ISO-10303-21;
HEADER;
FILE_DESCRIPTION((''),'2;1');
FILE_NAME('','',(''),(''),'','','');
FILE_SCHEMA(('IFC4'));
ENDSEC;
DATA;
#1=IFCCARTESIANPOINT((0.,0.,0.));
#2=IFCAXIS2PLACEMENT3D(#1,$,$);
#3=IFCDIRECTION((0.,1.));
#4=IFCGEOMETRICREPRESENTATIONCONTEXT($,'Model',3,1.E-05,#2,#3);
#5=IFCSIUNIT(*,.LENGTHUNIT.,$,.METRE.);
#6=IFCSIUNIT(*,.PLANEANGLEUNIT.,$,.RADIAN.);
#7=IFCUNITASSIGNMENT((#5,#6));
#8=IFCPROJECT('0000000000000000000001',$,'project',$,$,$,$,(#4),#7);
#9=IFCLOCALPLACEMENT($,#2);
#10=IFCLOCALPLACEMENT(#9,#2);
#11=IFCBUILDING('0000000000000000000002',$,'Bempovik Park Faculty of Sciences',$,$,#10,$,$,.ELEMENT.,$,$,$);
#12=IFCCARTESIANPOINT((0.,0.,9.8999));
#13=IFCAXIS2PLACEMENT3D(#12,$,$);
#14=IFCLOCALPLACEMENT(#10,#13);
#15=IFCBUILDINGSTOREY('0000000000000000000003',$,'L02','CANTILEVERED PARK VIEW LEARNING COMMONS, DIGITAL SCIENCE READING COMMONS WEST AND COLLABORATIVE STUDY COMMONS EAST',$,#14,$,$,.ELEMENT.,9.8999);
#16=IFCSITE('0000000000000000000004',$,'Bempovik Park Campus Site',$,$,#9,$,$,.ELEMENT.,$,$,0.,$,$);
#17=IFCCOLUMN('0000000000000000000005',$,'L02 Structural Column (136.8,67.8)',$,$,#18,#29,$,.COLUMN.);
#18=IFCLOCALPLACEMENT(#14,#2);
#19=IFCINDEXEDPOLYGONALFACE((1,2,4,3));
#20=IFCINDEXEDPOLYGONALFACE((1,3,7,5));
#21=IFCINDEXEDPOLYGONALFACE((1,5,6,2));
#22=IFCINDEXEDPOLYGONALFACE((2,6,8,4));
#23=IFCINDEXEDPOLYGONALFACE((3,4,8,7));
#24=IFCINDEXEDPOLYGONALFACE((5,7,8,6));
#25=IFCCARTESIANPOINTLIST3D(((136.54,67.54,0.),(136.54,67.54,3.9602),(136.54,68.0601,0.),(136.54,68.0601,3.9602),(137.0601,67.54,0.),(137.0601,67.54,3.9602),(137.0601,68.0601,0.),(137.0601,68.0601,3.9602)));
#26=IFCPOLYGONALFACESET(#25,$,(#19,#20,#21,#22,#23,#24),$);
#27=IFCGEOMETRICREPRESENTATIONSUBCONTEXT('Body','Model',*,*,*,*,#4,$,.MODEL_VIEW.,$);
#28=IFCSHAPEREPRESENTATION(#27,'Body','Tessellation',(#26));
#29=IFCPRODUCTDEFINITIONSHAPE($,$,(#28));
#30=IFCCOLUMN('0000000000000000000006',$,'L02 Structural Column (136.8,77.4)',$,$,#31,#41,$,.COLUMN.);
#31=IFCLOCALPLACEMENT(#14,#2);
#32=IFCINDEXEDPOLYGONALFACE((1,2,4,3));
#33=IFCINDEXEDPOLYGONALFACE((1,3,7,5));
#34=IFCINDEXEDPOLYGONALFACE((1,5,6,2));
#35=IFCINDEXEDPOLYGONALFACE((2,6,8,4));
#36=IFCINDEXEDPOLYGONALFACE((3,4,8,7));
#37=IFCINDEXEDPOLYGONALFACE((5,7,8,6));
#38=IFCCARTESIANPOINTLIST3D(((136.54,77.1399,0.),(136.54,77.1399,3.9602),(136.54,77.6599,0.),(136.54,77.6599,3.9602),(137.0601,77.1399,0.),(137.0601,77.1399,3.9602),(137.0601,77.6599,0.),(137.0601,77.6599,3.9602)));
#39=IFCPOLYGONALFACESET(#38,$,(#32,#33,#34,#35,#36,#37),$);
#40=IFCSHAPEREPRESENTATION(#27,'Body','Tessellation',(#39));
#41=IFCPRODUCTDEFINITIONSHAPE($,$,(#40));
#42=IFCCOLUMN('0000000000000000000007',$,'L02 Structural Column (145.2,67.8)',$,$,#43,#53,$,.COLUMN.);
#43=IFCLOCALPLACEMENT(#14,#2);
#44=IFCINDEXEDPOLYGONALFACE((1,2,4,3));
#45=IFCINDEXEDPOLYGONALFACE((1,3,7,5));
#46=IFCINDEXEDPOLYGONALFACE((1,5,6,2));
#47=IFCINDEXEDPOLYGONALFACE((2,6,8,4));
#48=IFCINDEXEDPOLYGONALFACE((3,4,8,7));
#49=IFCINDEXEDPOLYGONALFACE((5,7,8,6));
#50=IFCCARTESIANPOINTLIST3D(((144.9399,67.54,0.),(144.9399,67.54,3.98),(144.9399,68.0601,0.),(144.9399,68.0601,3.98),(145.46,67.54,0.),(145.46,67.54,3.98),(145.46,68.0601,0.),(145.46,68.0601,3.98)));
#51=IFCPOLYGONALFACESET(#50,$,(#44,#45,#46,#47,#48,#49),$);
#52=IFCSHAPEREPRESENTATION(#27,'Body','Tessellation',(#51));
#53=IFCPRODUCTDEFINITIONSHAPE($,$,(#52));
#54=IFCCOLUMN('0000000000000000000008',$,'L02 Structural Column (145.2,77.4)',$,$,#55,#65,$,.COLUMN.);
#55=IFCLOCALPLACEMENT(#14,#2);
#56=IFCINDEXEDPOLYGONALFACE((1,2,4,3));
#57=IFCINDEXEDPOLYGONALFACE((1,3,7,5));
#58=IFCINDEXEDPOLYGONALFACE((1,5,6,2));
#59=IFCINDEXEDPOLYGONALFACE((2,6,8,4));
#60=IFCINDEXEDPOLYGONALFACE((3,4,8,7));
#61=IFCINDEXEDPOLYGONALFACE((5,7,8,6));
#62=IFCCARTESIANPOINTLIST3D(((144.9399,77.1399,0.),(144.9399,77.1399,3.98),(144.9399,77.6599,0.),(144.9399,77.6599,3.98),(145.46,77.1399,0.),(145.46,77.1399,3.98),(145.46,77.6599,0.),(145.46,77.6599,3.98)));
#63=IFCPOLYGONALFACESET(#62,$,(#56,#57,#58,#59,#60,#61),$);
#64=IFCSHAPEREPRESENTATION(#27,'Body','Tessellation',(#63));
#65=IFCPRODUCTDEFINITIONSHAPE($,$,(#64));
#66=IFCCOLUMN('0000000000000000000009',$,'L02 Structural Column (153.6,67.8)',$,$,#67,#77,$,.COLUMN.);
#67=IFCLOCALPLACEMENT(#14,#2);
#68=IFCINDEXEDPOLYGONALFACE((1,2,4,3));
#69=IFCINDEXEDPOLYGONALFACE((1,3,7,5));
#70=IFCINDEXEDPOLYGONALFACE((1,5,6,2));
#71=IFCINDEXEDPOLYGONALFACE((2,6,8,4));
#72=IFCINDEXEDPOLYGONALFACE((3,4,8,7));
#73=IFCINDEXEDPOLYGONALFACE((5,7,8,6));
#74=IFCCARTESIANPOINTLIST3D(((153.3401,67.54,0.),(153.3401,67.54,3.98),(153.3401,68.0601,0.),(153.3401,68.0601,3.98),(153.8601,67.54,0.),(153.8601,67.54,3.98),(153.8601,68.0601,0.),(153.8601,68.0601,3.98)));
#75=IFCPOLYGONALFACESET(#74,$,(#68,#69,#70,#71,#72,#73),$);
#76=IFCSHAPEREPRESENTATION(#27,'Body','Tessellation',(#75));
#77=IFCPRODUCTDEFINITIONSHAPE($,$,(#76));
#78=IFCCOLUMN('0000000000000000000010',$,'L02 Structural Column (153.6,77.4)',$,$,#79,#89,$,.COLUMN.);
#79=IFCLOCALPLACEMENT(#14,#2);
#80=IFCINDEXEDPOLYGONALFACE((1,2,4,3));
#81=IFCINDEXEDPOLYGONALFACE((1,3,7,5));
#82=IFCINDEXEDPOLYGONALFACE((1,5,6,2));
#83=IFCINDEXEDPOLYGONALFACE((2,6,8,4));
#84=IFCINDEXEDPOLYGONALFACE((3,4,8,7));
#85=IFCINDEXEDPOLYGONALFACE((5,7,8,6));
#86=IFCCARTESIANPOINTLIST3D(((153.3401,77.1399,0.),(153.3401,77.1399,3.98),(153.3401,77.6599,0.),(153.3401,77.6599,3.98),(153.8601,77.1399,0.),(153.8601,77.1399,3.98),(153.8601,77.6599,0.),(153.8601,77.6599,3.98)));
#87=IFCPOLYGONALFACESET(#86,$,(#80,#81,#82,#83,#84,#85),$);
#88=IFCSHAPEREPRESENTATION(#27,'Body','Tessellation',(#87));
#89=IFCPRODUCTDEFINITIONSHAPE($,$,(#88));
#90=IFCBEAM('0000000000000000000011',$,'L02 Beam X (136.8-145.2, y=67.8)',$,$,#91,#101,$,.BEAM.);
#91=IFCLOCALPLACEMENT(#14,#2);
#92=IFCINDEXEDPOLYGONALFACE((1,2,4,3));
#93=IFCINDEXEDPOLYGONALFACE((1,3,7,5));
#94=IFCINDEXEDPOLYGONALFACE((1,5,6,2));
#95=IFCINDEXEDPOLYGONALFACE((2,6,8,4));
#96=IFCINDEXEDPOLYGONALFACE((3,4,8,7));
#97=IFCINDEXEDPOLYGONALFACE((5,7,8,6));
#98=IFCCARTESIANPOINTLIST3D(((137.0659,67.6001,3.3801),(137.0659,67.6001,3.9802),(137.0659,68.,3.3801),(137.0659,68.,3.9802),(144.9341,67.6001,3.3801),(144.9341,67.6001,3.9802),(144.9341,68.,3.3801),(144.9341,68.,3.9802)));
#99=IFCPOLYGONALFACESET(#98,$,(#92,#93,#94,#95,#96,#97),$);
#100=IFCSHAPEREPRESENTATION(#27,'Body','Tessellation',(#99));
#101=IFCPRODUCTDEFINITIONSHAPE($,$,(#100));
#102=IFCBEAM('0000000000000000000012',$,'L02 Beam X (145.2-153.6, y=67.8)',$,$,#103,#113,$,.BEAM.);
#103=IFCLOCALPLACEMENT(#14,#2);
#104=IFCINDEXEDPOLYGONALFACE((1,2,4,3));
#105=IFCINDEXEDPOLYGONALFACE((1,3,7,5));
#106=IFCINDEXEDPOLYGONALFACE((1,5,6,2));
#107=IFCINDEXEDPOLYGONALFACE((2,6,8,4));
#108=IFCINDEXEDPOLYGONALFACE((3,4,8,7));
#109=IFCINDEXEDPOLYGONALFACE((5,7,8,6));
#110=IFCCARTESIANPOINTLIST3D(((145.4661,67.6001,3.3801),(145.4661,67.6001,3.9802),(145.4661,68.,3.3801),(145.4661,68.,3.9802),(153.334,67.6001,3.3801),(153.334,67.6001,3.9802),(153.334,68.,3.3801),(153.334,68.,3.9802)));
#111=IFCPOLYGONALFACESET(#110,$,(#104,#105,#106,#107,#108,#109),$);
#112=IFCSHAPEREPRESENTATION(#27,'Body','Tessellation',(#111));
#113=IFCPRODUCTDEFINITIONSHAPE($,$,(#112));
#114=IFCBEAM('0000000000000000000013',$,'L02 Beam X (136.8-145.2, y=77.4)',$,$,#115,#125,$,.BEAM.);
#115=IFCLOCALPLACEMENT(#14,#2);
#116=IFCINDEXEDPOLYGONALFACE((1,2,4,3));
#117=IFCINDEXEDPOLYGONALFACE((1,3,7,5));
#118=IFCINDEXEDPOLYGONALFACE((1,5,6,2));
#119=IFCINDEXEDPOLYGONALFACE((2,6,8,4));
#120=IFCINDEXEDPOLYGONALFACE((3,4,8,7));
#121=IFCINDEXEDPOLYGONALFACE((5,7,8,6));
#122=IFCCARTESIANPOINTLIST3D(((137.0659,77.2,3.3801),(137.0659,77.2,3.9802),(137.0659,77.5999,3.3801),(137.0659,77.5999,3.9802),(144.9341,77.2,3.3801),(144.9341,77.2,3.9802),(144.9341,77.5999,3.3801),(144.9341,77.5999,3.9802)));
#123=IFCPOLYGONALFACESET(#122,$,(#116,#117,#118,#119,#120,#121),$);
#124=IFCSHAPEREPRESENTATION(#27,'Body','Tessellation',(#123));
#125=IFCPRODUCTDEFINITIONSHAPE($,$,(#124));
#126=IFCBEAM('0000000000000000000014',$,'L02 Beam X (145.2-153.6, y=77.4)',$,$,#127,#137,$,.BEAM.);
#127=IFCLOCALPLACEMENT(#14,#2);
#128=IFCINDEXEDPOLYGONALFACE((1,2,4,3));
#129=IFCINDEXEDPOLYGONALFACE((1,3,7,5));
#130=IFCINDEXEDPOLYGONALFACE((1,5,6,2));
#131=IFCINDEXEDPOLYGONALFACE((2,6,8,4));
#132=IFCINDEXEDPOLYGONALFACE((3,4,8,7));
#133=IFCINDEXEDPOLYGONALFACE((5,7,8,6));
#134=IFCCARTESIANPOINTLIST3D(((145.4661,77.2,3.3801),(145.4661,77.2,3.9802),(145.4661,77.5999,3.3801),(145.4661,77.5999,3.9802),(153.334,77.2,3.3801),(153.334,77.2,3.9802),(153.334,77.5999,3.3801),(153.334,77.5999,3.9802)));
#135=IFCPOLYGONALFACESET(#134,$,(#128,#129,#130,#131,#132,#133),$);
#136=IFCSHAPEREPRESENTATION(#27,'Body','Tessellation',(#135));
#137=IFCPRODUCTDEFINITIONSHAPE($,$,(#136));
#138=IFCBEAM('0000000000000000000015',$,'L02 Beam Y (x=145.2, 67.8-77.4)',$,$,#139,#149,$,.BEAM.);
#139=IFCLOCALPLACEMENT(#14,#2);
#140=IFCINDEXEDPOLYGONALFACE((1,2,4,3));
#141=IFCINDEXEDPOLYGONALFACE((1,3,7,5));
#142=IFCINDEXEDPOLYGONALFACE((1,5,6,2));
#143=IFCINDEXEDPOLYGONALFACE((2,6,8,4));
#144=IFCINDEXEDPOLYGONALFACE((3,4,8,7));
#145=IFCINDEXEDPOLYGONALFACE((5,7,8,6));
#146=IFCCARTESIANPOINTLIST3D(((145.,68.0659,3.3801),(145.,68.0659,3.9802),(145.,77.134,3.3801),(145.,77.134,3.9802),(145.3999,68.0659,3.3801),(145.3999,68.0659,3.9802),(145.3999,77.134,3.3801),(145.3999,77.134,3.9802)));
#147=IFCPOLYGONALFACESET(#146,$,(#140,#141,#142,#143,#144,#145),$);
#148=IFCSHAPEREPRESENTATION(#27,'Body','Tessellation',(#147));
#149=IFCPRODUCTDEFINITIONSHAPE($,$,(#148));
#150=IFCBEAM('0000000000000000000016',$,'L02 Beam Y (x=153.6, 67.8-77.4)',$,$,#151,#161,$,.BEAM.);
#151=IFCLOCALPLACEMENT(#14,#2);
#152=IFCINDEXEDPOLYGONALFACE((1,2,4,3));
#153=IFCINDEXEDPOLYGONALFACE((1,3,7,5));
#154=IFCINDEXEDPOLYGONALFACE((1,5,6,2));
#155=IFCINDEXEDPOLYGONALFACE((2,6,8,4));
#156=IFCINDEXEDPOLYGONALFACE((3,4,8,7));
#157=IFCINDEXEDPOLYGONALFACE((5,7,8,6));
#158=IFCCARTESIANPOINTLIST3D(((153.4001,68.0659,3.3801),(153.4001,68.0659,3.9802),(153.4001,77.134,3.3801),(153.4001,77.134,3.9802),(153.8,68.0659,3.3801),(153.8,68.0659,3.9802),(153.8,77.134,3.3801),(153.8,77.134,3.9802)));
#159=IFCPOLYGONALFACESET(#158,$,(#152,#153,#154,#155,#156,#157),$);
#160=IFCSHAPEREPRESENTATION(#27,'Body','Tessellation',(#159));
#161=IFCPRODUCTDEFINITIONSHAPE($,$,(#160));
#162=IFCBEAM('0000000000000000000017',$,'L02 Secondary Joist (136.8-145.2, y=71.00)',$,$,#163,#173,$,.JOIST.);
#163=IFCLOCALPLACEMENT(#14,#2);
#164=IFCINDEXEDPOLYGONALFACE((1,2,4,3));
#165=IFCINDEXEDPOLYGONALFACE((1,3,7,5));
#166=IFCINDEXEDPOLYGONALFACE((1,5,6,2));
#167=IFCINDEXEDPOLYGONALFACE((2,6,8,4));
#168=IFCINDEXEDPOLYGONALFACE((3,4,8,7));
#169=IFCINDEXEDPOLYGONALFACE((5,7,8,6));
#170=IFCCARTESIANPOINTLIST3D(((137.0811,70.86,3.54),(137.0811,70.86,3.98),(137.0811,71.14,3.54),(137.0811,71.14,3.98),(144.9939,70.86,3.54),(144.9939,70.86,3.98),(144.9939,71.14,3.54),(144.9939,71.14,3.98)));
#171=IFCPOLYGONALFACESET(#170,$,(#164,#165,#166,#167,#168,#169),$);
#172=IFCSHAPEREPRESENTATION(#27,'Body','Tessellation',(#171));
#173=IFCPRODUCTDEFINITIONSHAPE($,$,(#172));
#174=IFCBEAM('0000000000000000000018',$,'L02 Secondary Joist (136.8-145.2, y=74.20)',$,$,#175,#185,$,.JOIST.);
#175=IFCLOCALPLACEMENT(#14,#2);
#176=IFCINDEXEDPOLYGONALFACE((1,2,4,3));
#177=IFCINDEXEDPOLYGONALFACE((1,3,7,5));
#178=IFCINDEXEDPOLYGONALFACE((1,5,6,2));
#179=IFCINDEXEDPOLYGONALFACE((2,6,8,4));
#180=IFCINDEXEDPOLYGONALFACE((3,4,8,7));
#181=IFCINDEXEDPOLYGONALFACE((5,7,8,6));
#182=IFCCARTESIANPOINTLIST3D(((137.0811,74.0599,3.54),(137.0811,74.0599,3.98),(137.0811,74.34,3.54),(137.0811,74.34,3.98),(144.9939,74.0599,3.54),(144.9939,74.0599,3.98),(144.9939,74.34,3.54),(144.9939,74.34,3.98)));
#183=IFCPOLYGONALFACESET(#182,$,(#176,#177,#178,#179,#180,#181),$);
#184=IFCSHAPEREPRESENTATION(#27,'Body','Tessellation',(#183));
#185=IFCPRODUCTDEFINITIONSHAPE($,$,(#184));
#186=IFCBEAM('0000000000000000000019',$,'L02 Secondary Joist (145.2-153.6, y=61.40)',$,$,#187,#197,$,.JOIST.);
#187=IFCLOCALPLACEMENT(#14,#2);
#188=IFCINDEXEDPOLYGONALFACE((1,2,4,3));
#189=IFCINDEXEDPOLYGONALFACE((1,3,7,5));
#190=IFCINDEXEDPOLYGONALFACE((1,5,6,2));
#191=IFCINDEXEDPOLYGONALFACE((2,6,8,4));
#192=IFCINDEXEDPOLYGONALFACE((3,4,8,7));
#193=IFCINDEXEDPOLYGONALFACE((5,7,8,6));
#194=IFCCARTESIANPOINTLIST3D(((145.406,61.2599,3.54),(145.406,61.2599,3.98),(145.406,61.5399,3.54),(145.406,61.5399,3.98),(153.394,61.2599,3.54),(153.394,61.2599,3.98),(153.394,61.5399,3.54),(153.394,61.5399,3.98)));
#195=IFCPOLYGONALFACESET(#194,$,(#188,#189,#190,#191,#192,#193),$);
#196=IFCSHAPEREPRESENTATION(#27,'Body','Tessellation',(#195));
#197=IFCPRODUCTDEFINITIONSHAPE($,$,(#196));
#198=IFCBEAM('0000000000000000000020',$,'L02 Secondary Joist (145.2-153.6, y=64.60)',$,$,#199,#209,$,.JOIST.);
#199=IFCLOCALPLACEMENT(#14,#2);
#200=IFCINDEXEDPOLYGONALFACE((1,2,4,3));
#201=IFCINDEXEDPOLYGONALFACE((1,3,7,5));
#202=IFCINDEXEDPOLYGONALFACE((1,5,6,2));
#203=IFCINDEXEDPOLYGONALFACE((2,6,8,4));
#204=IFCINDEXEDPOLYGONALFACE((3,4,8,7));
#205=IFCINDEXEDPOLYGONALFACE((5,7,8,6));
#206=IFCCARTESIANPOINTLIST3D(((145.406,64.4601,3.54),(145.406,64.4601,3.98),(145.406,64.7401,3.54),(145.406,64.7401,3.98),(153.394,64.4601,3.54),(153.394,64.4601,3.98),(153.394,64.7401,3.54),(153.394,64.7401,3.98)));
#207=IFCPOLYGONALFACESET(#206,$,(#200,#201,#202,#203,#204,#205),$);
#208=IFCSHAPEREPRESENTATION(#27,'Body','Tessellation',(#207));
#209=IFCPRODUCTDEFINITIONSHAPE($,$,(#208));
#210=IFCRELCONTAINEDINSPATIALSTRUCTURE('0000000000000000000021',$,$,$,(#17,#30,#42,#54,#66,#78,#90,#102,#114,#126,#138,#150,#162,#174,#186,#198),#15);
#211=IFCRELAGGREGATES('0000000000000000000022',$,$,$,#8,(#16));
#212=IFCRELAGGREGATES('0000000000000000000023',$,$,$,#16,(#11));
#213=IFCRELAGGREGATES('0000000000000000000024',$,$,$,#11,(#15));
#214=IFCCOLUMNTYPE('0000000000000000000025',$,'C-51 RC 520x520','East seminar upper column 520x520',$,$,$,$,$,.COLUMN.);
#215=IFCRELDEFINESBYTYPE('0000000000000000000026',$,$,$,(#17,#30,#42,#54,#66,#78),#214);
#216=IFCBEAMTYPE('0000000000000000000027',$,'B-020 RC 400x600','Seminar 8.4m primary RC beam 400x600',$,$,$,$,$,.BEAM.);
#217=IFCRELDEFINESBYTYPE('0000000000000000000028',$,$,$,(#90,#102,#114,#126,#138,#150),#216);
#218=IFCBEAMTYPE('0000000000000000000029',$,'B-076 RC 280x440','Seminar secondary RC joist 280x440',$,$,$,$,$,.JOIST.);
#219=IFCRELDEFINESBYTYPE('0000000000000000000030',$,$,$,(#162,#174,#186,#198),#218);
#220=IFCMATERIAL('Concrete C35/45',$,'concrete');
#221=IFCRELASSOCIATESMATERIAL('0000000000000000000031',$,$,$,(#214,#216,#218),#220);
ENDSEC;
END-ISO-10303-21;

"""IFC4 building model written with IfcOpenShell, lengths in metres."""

from ifc_helpers import new_model, si_unit, direction, frame, origin, origin_2d, place, context, subcontext, project, spatial, rectangle, extrude, material, material_profile, profile_set, type_object, element, save


model = new_model("IFC4")

# Units and contexts
model_context = context("Model", 3, precision=1e-05, world=origin(), true_north=direction((0.0, 1.0)))
body_context = subcontext(model_context, "Body", "Model", "MODEL_VIEW")
ifc_project = project(units=[si_unit("LENGTHUNIT", "METRE"), si_unit("PLANEANGLEUNIT", "RADIAN")], contexts=[model_context])

# Site, building, storey
site_placement = place(None, origin())
site = spatial("IfcSite", under=ifc_project, at=site_placement, Name="Bempovik Park Campus Site", CompositionType="ELEMENT", RefElevation=0.0)
building_placement = place(site_placement, origin())
building = spatial("IfcBuilding", under=site, at=building_placement, Name="Bempovik Park Faculty of Sciences", CompositionType="ELEMENT")
storey_placement = place(building_placement, frame((0.0, 0.0, 9.8999)))
storey = spatial("IfcBuildingStorey", under=building, at=storey_placement, Name="L02", Description="CANTILEVERED PARK VIEW LEARNING COMMONS, DIGITAL SCIENCE READING COMMONS WEST AND COLLABORATIVE STUDY COMMONS EAST", CompositionType="ELEMENT", Elevation=9.8999)

# Columns
ifc_material_1 = material(Name="Concrete C35/45", Category="concrete")
ifc_material_profile_1 = material_profile(ifc_material_1, rectangle(XDim=0.52, YDim=0.52, at=origin_2d()), Name="RC 520x520")
ifc_profile_set_1 = profile_set([ifc_material_profile_1], Name="Concrete C35/45")
column_type = type_object("IfcColumnType", Name="C-51 RC 520x520", Description="East seminar upper column 520x520", PredefinedType="COLUMN", material=ifc_profile_set_1)
for number, where, z_axis, x_axis, name in (
    (1, (136.8, 67.8, 0.0), (0.0, 0.0, 1.0), (1.0, 0.0, 0.0), "L02 Structural Column (136.8,67.8)"),
    (2, (136.8, 77.3999, 0.0), (0.0, 0.0, 1.0), (1.0, 0.0, 0.0), "L02 Structural Column (136.8,77.4)"),
):
    element("IfcColumn", number, at=place(storey_placement, frame(where, z_axis=z_axis, x_axis=x_axis)), inside=storey, type_object=column_type, Name=name, PredefinedType="COLUMN", context=body_context, shape_type="SweptSolid", body=[
        extrude(rectangle(XDim=0.52, YDim=0.52, at=origin_2d()), origin(), (0.0, 0.0, 1.0), 3.9602),
    ])
for number, where, z_axis, x_axis, name in (
    (3, (145.2, 67.8, 0.0), (0.0, 0.0, 1.0), (1.0, 0.0, 0.0), "L02 Structural Column (145.2,67.8)"),
    (4, (145.2, 77.3999, 0.0), (0.0, 0.0, 1.0), (1.0, 0.0, 0.0), "L02 Structural Column (145.2,77.4)"),
    (5, (153.6001, 67.8, 0.0), (0.0, 0.0, 1.0), (1.0, 0.0, 0.0), "L02 Structural Column (153.6,67.8)"),
    (6, (153.6001, 77.3999, 0.0), (0.0, 0.0, 1.0), (1.0, 0.0, 0.0), "L02 Structural Column (153.6,77.4)"),
):
    element("IfcColumn", number, at=place(storey_placement, frame(where, z_axis=z_axis, x_axis=x_axis)), inside=storey, type_object=column_type, Name=name, PredefinedType="COLUMN", context=body_context, shape_type="SweptSolid", body=[
        extrude(rectangle(XDim=0.52, YDim=0.52, at=origin_2d()), origin(), (0.0, 0.0, 1.0), 3.98),
    ])

# Beams
ifc_material_profile_2 = material_profile(ifc_material_1, rectangle(XDim=0.3999, YDim=0.6001, at=origin_2d()), Name="RC 400x600")
ifc_profile_set_2 = profile_set([ifc_material_profile_2], Name="Concrete C35/45")
beam_type_1 = type_object("IfcBeamType", Name="B-020 RC 400x600", Description="Seminar 8.4m primary RC beam 400x600", PredefinedType="BEAM", material=ifc_profile_set_2)
beam_1_placement = place(storey_placement, frame((137.0659, 67.8, 3.6802), z_axis=(1.0, 0.0, 0.0), x_axis=(0.0, 1.0, 0.0)))
element("IfcBeam", 7, at=beam_1_placement, inside=storey, type_object=beam_type_1, Name="L02 Beam X (136.8-145.2, y=67.8)", PredefinedType="BEAM", context=body_context, shape_type="SweptSolid", body=[
    extrude(rectangle(XDim=0.3999, YDim=0.6001, at=origin_2d()), origin(), (0.0, 0.0, 1.0), 7.8682),
])
beam_2_placement = place(storey_placement, frame((145.4661, 67.8, 3.6802), z_axis=(1.0, 0.0, 0.0), x_axis=(0.0, 1.0, 0.0)))
element("IfcBeam", 8, at=beam_2_placement, inside=storey, type_object=beam_type_1, Name="L02 Beam X (145.2-153.6, y=67.8)", PredefinedType="BEAM", context=body_context, shape_type="SweptSolid", body=[
    extrude(rectangle(XDim=0.3999, YDim=0.6001, at=origin_2d()), origin(), (0.0, 0.0, 1.0), 7.8679),
])
beam_3_placement = place(storey_placement, frame((137.0659, 77.3999, 3.6802), z_axis=(1.0, 0.0, 0.0), x_axis=(0.0, 1.0, 0.0)))
element("IfcBeam", 9, at=beam_3_placement, inside=storey, type_object=beam_type_1, Name="L02 Beam X (136.8-145.2, y=77.4)", PredefinedType="BEAM", context=body_context, shape_type="SweptSolid", body=[
    extrude(rectangle(XDim=0.3999, YDim=0.6001, at=origin_2d()), origin(), (0.0, 0.0, 1.0), 7.8682),
])
beam_4_placement = place(storey_placement, frame((145.4661, 77.3999, 3.6802), z_axis=(1.0, 0.0, 0.0), x_axis=(0.0, 1.0, 0.0)))
element("IfcBeam", 10, at=beam_4_placement, inside=storey, type_object=beam_type_1, Name="L02 Beam X (145.2-153.6, y=77.4)", PredefinedType="BEAM", context=body_context, shape_type="SweptSolid", body=[
    extrude(rectangle(XDim=0.3999, YDim=0.6001, at=origin_2d()), origin(), (0.0, 0.0, 1.0), 7.8679),
])
for number, where, z_axis, x_axis, name in (
    (11, (145.2, 68.0659, 3.6802), (0.0, 1.0, 0.0), (-1.0, 0.0, 0.0), "L02 Beam Y (x=145.2, 67.8-77.4)"),
    (12, (153.6001, 68.0659, 3.6802), (0.0, 1.0, 0.0), (-1.0, 0.0, 0.0), "L02 Beam Y (x=153.6, 67.8-77.4)"),
):
    element("IfcBeam", number, at=place(storey_placement, frame(where, z_axis=z_axis, x_axis=x_axis)), inside=storey, type_object=beam_type_1, Name=name, PredefinedType="BEAM", context=body_context, shape_type="SweptSolid", body=[
        extrude(rectangle(XDim=0.3999, YDim=0.6001, at=origin_2d()), origin(), (0.0, 0.0, 1.0), 9.0681),
    ])
ifc_material_profile_3 = material_profile(ifc_material_1, rectangle(XDim=0.28, YDim=0.4399, at=origin_2d()), Name="RC 280x440")
ifc_profile_set_3 = profile_set([ifc_material_profile_3], Name="Concrete C35/45")
beam_type_2 = type_object("IfcBeamType", Name="B-076 RC 280x440", Description="Seminar secondary RC joist 280x440", PredefinedType="JOIST", material=ifc_profile_set_3)
for number, where, z_axis, x_axis, name in (
    (13, (137.0811, 71.0, 3.76), (1.0, 0.0, 0.0), (0.0, 1.0, 0.0), "L02 Secondary Joist (136.8-145.2, y=71.00)"),
    (14, (137.0811, 74.2, 3.76), (1.0, 0.0, 0.0), (0.0, 1.0, 0.0), "L02 Secondary Joist (136.8-145.2, y=74.20)"),
):
    element("IfcBeam", number, at=place(storey_placement, frame(where, z_axis=z_axis, x_axis=x_axis)), inside=storey, type_object=beam_type_2, Name=name, PredefinedType="JOIST", context=body_context, shape_type="SweptSolid", body=[
        extrude(rectangle(XDim=0.28, YDim=0.4399, at=origin_2d()), origin(), (0.0, 0.0, 1.0), 7.9128),
    ])
for number, where, z_axis, x_axis, name in (
    (15, (145.406, 61.3999, 3.76), (1.0, 0.0, 0.0), (0.0, 1.0, 0.0), "L02 Secondary Joist (145.2-153.6, y=61.40)"),
    (16, (145.406, 64.6001, 3.76), (1.0, 0.0, 0.0), (0.0, 1.0, 0.0), "L02 Secondary Joist (145.2-153.6, y=64.60)"),
):
    element("IfcBeam", number, at=place(storey_placement, frame(where, z_axis=z_axis, x_axis=x_axis)), inside=storey, type_object=beam_type_2, Name=name, PredefinedType="JOIST", context=body_context, shape_type="SweptSolid", body=[
        extrude(rectangle(XDim=0.28, YDim=0.4399, at=origin_2d()), origin(), (0.0, 0.0, 1.0), 7.988),
    ])

save(model, "model.ifc")
